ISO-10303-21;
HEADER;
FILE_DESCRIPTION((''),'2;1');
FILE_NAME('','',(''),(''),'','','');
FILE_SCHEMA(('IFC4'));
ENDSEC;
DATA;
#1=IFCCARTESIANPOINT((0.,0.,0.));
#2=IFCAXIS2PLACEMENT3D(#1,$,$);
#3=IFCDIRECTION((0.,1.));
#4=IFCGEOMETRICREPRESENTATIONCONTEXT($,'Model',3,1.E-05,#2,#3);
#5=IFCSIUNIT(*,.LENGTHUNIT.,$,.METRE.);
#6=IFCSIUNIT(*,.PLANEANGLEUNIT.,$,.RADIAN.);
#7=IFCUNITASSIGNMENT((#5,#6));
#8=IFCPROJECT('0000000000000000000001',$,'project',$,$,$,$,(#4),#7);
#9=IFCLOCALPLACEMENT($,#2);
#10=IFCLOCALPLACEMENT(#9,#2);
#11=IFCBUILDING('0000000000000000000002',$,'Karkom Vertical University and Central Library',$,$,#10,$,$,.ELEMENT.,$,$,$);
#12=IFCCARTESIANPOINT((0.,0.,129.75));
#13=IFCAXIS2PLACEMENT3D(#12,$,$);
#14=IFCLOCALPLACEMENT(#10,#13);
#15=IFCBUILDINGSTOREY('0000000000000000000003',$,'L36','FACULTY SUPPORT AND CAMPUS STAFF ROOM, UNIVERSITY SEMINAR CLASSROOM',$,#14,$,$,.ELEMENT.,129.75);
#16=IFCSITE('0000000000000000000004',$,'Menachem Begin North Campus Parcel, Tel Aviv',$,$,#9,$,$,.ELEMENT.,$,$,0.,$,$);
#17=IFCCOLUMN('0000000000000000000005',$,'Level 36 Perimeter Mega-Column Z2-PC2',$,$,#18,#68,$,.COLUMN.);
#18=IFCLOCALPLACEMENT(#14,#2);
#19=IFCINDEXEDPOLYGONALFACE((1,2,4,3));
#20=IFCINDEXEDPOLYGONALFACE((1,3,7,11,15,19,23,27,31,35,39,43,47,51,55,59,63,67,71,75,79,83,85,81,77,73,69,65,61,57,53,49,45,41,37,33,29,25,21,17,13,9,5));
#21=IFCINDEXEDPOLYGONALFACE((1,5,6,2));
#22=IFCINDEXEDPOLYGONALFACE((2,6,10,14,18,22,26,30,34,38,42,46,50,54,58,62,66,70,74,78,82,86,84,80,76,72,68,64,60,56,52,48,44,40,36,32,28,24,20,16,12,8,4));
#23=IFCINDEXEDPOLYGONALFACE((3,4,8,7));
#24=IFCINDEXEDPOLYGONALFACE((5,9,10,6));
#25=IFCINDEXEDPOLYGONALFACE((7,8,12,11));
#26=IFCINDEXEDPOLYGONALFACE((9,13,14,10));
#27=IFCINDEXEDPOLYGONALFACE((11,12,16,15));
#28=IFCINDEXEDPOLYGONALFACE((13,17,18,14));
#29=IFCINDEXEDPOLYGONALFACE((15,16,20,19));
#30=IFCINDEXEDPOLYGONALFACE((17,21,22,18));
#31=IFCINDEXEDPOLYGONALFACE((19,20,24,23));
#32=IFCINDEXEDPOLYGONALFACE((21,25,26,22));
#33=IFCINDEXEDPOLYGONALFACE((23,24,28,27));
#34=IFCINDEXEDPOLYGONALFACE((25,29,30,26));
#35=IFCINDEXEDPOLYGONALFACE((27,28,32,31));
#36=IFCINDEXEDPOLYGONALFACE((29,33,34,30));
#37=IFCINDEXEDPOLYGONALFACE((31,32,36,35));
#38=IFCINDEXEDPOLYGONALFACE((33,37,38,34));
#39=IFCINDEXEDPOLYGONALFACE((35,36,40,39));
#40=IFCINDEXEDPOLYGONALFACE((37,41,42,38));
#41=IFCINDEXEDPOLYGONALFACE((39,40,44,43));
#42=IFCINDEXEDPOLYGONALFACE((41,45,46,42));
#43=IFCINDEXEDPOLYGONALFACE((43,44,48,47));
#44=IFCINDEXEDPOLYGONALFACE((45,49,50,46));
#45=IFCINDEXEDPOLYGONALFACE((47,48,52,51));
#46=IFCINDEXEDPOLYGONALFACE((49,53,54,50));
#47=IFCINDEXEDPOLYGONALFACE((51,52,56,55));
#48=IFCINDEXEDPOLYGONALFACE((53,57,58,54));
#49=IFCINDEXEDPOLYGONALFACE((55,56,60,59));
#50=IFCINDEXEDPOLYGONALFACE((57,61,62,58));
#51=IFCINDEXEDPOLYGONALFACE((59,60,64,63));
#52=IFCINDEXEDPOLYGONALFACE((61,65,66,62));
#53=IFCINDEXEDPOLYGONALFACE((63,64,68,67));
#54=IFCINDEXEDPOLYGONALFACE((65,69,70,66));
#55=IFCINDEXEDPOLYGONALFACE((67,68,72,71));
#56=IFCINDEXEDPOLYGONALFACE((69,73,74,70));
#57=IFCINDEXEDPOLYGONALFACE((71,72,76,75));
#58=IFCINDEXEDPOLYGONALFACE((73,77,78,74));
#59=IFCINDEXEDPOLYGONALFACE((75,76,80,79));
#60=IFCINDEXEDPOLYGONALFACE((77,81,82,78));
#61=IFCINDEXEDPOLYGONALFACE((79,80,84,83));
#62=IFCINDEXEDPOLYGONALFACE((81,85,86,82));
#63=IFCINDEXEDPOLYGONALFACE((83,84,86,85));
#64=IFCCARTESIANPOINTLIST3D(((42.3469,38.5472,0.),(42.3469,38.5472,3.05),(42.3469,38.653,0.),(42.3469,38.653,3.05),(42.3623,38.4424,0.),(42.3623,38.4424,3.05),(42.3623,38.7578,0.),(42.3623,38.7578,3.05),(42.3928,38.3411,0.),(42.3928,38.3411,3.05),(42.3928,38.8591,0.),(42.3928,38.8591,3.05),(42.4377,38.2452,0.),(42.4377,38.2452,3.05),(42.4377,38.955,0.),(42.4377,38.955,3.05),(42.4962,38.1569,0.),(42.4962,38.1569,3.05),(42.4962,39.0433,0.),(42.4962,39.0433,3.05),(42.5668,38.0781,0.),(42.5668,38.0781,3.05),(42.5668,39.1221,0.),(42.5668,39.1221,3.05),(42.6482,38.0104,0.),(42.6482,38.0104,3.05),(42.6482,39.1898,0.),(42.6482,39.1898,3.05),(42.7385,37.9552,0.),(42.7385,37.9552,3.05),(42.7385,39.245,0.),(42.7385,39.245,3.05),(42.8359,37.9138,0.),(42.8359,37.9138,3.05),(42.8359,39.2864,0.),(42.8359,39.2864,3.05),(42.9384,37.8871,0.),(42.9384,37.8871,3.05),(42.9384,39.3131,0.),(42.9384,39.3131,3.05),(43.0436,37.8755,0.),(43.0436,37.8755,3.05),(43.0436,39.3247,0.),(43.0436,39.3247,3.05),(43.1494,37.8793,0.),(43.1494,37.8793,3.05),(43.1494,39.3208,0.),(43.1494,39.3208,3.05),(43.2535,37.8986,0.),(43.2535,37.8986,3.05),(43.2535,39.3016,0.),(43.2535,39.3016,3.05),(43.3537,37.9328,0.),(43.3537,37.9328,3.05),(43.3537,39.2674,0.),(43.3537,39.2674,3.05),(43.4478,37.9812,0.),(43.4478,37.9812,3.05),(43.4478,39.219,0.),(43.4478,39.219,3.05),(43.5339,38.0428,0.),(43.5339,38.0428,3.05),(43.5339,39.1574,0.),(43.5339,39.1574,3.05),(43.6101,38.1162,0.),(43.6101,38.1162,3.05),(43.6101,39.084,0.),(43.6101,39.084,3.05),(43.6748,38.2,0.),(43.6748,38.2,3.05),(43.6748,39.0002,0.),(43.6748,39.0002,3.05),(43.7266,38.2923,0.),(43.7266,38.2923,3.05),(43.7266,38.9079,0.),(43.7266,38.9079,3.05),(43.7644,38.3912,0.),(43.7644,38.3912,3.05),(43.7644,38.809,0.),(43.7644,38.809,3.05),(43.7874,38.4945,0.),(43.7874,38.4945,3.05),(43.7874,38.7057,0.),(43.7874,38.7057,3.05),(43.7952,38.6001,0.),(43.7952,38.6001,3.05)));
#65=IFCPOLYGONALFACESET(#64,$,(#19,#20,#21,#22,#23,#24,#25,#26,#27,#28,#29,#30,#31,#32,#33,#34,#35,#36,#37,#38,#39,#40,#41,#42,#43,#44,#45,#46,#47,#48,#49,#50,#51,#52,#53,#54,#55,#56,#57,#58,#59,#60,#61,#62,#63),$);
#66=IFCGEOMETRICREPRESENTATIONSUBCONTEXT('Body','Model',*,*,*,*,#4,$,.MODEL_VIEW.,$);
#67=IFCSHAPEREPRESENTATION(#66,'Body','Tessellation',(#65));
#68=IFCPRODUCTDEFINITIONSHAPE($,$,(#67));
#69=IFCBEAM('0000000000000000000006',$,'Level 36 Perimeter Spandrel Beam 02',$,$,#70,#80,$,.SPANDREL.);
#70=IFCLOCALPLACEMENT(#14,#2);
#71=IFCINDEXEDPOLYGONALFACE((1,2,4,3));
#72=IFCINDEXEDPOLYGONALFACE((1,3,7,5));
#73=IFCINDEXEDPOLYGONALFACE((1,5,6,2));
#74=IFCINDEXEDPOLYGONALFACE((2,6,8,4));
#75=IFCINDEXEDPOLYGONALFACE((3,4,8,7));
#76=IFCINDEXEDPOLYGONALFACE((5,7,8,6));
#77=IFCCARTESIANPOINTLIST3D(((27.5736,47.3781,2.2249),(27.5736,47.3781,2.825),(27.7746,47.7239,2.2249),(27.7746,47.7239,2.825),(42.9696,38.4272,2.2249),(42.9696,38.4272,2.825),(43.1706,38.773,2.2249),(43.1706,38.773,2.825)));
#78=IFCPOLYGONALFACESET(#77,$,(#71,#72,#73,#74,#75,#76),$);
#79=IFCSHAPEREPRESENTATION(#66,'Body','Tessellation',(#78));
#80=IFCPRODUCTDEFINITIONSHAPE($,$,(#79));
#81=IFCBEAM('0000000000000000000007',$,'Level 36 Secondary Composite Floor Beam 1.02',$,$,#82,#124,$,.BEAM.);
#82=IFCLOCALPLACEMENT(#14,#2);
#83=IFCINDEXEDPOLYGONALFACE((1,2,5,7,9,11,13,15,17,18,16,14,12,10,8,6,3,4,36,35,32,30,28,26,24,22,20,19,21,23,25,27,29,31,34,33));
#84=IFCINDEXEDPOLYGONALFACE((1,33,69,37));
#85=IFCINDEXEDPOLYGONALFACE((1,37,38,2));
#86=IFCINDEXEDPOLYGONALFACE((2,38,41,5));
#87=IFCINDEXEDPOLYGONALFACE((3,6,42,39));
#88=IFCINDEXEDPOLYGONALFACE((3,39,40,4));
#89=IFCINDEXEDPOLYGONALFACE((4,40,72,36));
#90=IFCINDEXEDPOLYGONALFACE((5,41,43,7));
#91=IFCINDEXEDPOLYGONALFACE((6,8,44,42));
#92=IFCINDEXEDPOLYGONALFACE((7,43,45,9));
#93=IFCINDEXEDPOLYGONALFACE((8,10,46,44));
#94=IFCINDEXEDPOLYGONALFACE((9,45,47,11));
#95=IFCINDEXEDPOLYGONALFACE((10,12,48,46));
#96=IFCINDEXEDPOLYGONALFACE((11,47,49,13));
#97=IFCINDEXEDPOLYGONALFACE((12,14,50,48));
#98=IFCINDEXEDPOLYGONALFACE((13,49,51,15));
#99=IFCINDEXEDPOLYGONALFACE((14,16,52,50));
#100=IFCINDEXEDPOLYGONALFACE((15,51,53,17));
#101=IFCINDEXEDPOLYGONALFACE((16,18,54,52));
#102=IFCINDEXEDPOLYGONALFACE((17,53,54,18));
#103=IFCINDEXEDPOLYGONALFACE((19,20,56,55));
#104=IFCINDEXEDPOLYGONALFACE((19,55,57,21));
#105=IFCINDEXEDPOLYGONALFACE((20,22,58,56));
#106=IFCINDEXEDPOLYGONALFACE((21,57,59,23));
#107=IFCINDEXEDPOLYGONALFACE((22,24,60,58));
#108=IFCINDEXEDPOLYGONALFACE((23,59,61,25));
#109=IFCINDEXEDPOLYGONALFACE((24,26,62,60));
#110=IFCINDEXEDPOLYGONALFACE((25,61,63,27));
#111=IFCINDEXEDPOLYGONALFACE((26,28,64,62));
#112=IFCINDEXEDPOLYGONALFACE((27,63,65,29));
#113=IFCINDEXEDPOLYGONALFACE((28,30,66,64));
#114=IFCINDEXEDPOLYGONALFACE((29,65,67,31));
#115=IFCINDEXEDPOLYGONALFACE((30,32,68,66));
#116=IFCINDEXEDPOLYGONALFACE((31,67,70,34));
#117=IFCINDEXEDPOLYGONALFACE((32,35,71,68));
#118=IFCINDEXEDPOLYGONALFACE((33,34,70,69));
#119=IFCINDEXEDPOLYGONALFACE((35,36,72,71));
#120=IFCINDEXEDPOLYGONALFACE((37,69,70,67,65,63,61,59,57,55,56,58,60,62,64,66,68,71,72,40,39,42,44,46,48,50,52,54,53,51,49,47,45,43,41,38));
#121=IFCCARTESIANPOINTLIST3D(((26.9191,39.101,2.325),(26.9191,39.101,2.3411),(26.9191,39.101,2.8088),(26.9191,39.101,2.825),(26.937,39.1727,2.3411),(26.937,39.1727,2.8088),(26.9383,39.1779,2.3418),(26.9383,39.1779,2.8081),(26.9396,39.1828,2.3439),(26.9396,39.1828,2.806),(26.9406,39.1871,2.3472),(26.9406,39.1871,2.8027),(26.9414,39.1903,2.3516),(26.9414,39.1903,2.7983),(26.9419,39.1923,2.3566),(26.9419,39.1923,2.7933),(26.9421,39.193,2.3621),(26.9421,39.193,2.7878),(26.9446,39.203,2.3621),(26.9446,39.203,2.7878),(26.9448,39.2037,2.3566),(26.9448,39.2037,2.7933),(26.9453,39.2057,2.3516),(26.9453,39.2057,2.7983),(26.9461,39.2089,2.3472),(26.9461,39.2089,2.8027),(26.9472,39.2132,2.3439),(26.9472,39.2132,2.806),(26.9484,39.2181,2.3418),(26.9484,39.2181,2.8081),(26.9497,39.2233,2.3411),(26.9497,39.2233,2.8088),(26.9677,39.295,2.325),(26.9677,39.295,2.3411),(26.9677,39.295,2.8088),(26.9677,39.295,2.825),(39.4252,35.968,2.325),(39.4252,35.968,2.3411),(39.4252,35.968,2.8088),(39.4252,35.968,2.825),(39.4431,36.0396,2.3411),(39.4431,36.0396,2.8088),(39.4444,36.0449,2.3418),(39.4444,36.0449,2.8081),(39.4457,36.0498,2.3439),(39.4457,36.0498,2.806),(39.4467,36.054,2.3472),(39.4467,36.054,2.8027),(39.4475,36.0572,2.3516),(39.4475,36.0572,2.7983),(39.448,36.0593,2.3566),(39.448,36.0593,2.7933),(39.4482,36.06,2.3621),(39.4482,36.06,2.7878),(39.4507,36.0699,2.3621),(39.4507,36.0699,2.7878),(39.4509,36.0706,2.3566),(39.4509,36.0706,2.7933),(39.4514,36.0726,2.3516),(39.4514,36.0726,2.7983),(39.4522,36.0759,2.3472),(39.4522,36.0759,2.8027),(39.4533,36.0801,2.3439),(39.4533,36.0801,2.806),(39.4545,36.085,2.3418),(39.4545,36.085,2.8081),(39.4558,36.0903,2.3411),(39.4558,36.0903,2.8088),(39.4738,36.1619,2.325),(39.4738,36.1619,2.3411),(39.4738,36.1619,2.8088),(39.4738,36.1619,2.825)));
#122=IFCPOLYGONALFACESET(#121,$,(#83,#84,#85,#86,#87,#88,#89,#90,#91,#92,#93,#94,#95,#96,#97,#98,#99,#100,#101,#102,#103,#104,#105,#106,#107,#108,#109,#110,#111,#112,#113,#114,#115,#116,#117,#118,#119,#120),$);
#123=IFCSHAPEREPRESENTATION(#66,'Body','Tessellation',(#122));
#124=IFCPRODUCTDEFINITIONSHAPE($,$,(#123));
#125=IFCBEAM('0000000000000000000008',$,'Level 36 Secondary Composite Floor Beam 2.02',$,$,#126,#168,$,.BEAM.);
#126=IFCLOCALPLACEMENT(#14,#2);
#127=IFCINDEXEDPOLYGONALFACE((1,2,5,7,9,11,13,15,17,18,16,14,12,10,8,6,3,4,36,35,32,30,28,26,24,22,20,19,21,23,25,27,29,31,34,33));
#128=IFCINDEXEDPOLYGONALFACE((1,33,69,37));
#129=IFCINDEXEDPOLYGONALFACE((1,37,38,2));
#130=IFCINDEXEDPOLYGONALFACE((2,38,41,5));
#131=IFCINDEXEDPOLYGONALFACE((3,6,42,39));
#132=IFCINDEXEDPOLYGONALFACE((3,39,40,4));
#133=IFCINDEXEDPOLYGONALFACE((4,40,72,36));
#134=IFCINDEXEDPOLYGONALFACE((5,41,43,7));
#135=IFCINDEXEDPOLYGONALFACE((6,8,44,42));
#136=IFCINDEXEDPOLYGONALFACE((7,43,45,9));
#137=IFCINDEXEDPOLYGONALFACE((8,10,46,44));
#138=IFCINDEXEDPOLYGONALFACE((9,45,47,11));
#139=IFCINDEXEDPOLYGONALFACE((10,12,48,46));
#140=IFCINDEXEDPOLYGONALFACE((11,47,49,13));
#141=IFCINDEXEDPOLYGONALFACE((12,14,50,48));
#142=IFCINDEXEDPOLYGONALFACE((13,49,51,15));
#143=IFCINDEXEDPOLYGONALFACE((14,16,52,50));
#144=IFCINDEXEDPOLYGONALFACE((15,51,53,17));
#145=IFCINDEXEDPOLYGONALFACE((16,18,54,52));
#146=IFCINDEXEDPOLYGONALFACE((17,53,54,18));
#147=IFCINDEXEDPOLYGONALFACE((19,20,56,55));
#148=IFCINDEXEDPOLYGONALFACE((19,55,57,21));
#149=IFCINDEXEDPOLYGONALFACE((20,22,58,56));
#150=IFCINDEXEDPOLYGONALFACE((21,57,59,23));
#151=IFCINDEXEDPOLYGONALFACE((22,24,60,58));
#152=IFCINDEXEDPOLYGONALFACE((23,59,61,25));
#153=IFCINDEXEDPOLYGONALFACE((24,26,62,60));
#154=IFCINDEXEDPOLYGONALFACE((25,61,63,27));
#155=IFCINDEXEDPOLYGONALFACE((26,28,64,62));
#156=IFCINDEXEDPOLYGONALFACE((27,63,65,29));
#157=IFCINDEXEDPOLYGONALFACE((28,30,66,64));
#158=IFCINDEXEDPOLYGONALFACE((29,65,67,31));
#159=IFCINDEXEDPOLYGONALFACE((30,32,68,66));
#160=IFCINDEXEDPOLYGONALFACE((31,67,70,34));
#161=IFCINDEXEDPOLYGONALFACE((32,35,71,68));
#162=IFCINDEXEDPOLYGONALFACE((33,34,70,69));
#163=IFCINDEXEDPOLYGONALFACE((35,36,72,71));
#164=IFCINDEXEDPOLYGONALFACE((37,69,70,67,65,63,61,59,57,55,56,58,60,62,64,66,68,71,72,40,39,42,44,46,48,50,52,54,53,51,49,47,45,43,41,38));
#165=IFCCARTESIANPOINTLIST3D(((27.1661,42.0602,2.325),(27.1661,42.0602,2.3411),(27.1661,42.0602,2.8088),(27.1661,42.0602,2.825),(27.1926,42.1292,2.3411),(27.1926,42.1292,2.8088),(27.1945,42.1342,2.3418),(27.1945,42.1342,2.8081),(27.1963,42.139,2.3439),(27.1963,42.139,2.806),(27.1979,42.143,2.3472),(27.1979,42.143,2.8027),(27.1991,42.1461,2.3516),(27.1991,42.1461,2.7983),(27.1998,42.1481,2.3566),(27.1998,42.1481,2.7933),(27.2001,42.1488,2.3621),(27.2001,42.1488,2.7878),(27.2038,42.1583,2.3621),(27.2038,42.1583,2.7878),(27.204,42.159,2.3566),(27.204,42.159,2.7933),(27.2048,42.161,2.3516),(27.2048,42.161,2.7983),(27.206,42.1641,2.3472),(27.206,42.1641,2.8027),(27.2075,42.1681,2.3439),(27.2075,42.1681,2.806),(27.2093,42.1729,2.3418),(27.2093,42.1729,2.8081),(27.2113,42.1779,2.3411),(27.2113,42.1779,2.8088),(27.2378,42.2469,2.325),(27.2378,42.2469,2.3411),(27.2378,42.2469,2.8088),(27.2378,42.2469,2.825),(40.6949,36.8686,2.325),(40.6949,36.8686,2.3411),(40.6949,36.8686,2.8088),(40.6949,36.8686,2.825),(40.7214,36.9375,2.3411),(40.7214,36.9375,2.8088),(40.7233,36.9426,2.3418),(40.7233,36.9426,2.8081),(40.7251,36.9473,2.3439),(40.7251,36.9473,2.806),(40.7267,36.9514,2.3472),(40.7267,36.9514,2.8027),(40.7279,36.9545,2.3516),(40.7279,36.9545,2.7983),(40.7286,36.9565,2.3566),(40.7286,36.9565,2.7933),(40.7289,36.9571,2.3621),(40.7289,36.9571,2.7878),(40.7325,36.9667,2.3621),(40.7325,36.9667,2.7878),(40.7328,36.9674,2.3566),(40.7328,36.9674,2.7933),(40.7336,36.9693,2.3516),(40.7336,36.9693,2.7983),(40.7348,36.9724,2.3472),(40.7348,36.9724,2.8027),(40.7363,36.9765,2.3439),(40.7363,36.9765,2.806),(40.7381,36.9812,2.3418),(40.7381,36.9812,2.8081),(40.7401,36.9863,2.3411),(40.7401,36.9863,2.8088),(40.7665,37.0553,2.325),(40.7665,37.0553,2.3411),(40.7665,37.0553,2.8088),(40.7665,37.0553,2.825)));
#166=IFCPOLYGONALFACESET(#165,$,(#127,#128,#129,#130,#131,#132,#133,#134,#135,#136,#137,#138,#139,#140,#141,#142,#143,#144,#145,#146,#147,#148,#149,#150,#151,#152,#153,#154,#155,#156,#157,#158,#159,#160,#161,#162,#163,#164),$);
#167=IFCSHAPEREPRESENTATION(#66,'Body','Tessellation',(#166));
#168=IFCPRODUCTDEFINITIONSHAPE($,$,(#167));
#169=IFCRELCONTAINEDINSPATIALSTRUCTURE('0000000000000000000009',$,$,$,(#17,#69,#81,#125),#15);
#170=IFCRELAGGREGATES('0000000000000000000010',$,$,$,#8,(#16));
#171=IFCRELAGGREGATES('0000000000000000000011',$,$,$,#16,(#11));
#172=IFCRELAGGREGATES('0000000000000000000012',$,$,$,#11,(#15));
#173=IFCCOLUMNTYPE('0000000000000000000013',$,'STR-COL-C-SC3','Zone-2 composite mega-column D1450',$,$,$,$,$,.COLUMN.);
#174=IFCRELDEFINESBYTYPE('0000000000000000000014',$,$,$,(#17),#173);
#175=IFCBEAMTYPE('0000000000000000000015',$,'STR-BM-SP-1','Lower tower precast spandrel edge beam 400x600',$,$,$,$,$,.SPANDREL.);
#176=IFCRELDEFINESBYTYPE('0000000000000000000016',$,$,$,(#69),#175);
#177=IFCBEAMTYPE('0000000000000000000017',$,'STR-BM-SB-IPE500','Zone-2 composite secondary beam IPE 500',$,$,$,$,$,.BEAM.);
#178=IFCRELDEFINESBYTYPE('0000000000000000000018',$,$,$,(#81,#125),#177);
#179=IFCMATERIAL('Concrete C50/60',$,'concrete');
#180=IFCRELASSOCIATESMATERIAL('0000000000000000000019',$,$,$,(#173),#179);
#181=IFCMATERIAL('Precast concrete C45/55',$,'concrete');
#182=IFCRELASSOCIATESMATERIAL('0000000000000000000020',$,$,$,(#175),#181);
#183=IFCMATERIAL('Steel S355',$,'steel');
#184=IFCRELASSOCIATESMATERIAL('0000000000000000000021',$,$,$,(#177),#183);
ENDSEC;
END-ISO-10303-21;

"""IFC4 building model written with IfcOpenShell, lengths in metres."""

from ifc_helpers import new_model, si_unit, direction, frame, origin, origin_with_axes, origin_2d, place, context, subcontext, project, spatial, rectangle, circle, i_section, extrude, source, transform, mapped, material, material_profile, profile_set, type_object, element, save


model = new_model("IFC4")

# Units and contexts
model_context = context("Model", 3, precision=1e-05, world=origin(), true_north=direction((0.0, 1.0)))
body_context = subcontext(model_context, "Body", "Model", "MODEL_VIEW")
ifc_project = project(units=[si_unit("LENGTHUNIT", "METRE"), si_unit("PLANEANGLEUNIT", "RADIAN")], contexts=[model_context])

# Site, building, storey
site_placement = place(None, origin())
site = spatial("IfcSite", under=ifc_project, at=site_placement, Name="Menachem Begin North Campus Parcel, Tel Aviv", CompositionType="ELEMENT", RefElevation=0.0)
building_placement = place(site_placement, origin())
building = spatial("IfcBuilding", under=site, at=building_placement, Name="Karkom Vertical University and Central Library", CompositionType="ELEMENT")
storey_placement = place(building_placement, frame((0.0, 0.0, 129.75)))
storey = spatial("IfcBuildingStorey", under=building, at=storey_placement, Name="L36", Description="FACULTY SUPPORT AND CAMPUS STAFF ROOM, UNIVERSITY SEMINAR CLASSROOM", CompositionType="ELEMENT", Elevation=129.75)

# Column
ifc_material_1 = material(Name="Concrete C50/60", Category="concrete")
ifc_material_profile_1 = material_profile(ifc_material_1, circle(Radius=0.7251, at=origin_2d()), Name="CFT-D1450")
ifc_profile_set_1 = profile_set([ifc_material_profile_1], Name="Concrete C50/60")
column_type = type_object("IfcColumnType", Name="STR-COL-C-SC3", Description="Zone-2 composite mega-column D1450", PredefinedType="COLUMN", material=ifc_profile_set_1)
shared_shape_1 = source(origin_with_axes(), body_context, "Body", "SweptSolid", [
    extrude(circle(Radius=0.7251, at=origin_2d()), origin(), (0.0, 0.0, 1.0), 3.05),
])
column_placement = place(storey_placement, frame((43.0701, 38.6001, 0.0), z_axis=(0.0, 0.0, 1.0), x_axis=(1.0, 0.0, 0.0)))
element("IfcColumn", 1, at=column_placement, inside=storey, type_object=column_type, Name="Level 36 Perimeter Mega-Column Z2-PC2", PredefinedType="COLUMN", context=body_context, shape_type="MappedRepresentation", body=[
    mapped(shared_shape_1, transform((0.0, 0.0, 0.0), scale=1.0)),
])

# Beams
ifc_material_2 = material(Name="Precast concrete C45/55", Category="concrete")
ifc_material_profile_2 = material_profile(ifc_material_2, rectangle(XDim=0.3999, YDim=0.6001, at=origin_2d()), Name="SPB-400x600")
ifc_profile_set_2 = profile_set([ifc_material_profile_2], Name="Precast concrete C45/55")
beam_type_1 = type_object("IfcBeamType", Name="STR-BM-SP-1", Description="Lower tower precast spandrel edge beam 400x600", PredefinedType="SPANDREL", material=ifc_profile_set_2)
shared_shape_2 = source(origin_with_axes(), body_context, "Body", "SweptSolid", [
    extrude(rectangle(XDim=0.3999, YDim=0.6001, at=origin_2d()), origin(), (0.0, 0.0, 1.0), 17.8088),
])
beam_1_placement = place(storey_placement, frame((43.0701, 38.6001, 2.5249), z_axis=(-0.864513, 0.502611, 0.0), x_axis=(-0.502611, -0.864513, 0.0)))
element("IfcBeam", 2, at=beam_1_placement, inside=storey, type_object=beam_type_1, Name="Level 36 Perimeter Spandrel Beam 02", PredefinedType="SPANDREL", context=body_context, shape_type="MappedRepresentation", body=[
    mapped(shared_shape_2, transform((0.0, 0.0, 0.0), scale=1.0)),
])
ifc_material_3 = material(Name="Steel S355", Category="steel")
ifc_material_profile_3 = material_profile(ifc_material_3, i_section(OverallWidth=0.2, OverallDepth=0.5, WebThickness=0.0103, FlangeThickness=0.0161, FilletRadius=0.021, at=origin_2d()), Name="IPE 500")
ifc_profile_set_3 = profile_set([ifc_material_profile_3], Name="Steel S355")
beam_type_2 = type_object("IfcBeamType", Name="STR-BM-SB-IPE500", Description="Zone-2 composite secondary beam IPE 500", PredefinedType="BEAM", material=ifc_profile_set_3)
shared_shape_3 = source(origin_with_axes(), body_context, "Body", "SweptSolid", [
    extrude(i_section(OverallWidth=0.2, OverallDepth=0.5, WebThickness=0.0103, FlangeThickness=0.0161, FilletRadius=0.021, at=origin_2d()), origin(), (0.0, 0.0, 1.0), 12.8926),
])
beam_2_placement = place(storey_placement, frame((39.4495, 36.0649, 2.575), z_axis=(-0.970023, 0.243012, 0.0), x_axis=(-0.243012, -0.970023, 0.0)))
element("IfcBeam", 3, at=beam_2_placement, inside=storey, type_object=beam_type_2, Name="Level 36 Secondary Composite Floor Beam 1.02", PredefinedType="BEAM", context=body_context, shape_type="MappedRepresentation", body=[
    mapped(shared_shape_3, transform((0.0, 0.0, 0.0), scale=1.0)),
])
shared_shape_4 = source(origin_with_axes(), body_context, "Body", "SweptSolid", [
    extrude(i_section(OverallWidth=0.2, OverallDepth=0.5, WebThickness=0.0103, FlangeThickness=0.0161, FilletRadius=0.021, at=origin_2d()), origin(), (0.0, 0.0, 1.0), 14.4907),
])
beam_3_placement = place(storey_placement, frame((40.7307, 36.9619, 2.575), z_axis=(-0.933617, 0.358273, 0.0), x_axis=(-0.358273, -0.933617, 0.0)))
element("IfcBeam", 4, at=beam_3_placement, inside=storey, type_object=beam_type_2, Name="Level 36 Secondary Composite Floor Beam 2.02", PredefinedType="BEAM", context=body_context, shape_type="MappedRepresentation", body=[
    mapped(shared_shape_4, transform((0.0, 0.0, 0.0), scale=1.0)),
])

save(model, "model.ifc")
